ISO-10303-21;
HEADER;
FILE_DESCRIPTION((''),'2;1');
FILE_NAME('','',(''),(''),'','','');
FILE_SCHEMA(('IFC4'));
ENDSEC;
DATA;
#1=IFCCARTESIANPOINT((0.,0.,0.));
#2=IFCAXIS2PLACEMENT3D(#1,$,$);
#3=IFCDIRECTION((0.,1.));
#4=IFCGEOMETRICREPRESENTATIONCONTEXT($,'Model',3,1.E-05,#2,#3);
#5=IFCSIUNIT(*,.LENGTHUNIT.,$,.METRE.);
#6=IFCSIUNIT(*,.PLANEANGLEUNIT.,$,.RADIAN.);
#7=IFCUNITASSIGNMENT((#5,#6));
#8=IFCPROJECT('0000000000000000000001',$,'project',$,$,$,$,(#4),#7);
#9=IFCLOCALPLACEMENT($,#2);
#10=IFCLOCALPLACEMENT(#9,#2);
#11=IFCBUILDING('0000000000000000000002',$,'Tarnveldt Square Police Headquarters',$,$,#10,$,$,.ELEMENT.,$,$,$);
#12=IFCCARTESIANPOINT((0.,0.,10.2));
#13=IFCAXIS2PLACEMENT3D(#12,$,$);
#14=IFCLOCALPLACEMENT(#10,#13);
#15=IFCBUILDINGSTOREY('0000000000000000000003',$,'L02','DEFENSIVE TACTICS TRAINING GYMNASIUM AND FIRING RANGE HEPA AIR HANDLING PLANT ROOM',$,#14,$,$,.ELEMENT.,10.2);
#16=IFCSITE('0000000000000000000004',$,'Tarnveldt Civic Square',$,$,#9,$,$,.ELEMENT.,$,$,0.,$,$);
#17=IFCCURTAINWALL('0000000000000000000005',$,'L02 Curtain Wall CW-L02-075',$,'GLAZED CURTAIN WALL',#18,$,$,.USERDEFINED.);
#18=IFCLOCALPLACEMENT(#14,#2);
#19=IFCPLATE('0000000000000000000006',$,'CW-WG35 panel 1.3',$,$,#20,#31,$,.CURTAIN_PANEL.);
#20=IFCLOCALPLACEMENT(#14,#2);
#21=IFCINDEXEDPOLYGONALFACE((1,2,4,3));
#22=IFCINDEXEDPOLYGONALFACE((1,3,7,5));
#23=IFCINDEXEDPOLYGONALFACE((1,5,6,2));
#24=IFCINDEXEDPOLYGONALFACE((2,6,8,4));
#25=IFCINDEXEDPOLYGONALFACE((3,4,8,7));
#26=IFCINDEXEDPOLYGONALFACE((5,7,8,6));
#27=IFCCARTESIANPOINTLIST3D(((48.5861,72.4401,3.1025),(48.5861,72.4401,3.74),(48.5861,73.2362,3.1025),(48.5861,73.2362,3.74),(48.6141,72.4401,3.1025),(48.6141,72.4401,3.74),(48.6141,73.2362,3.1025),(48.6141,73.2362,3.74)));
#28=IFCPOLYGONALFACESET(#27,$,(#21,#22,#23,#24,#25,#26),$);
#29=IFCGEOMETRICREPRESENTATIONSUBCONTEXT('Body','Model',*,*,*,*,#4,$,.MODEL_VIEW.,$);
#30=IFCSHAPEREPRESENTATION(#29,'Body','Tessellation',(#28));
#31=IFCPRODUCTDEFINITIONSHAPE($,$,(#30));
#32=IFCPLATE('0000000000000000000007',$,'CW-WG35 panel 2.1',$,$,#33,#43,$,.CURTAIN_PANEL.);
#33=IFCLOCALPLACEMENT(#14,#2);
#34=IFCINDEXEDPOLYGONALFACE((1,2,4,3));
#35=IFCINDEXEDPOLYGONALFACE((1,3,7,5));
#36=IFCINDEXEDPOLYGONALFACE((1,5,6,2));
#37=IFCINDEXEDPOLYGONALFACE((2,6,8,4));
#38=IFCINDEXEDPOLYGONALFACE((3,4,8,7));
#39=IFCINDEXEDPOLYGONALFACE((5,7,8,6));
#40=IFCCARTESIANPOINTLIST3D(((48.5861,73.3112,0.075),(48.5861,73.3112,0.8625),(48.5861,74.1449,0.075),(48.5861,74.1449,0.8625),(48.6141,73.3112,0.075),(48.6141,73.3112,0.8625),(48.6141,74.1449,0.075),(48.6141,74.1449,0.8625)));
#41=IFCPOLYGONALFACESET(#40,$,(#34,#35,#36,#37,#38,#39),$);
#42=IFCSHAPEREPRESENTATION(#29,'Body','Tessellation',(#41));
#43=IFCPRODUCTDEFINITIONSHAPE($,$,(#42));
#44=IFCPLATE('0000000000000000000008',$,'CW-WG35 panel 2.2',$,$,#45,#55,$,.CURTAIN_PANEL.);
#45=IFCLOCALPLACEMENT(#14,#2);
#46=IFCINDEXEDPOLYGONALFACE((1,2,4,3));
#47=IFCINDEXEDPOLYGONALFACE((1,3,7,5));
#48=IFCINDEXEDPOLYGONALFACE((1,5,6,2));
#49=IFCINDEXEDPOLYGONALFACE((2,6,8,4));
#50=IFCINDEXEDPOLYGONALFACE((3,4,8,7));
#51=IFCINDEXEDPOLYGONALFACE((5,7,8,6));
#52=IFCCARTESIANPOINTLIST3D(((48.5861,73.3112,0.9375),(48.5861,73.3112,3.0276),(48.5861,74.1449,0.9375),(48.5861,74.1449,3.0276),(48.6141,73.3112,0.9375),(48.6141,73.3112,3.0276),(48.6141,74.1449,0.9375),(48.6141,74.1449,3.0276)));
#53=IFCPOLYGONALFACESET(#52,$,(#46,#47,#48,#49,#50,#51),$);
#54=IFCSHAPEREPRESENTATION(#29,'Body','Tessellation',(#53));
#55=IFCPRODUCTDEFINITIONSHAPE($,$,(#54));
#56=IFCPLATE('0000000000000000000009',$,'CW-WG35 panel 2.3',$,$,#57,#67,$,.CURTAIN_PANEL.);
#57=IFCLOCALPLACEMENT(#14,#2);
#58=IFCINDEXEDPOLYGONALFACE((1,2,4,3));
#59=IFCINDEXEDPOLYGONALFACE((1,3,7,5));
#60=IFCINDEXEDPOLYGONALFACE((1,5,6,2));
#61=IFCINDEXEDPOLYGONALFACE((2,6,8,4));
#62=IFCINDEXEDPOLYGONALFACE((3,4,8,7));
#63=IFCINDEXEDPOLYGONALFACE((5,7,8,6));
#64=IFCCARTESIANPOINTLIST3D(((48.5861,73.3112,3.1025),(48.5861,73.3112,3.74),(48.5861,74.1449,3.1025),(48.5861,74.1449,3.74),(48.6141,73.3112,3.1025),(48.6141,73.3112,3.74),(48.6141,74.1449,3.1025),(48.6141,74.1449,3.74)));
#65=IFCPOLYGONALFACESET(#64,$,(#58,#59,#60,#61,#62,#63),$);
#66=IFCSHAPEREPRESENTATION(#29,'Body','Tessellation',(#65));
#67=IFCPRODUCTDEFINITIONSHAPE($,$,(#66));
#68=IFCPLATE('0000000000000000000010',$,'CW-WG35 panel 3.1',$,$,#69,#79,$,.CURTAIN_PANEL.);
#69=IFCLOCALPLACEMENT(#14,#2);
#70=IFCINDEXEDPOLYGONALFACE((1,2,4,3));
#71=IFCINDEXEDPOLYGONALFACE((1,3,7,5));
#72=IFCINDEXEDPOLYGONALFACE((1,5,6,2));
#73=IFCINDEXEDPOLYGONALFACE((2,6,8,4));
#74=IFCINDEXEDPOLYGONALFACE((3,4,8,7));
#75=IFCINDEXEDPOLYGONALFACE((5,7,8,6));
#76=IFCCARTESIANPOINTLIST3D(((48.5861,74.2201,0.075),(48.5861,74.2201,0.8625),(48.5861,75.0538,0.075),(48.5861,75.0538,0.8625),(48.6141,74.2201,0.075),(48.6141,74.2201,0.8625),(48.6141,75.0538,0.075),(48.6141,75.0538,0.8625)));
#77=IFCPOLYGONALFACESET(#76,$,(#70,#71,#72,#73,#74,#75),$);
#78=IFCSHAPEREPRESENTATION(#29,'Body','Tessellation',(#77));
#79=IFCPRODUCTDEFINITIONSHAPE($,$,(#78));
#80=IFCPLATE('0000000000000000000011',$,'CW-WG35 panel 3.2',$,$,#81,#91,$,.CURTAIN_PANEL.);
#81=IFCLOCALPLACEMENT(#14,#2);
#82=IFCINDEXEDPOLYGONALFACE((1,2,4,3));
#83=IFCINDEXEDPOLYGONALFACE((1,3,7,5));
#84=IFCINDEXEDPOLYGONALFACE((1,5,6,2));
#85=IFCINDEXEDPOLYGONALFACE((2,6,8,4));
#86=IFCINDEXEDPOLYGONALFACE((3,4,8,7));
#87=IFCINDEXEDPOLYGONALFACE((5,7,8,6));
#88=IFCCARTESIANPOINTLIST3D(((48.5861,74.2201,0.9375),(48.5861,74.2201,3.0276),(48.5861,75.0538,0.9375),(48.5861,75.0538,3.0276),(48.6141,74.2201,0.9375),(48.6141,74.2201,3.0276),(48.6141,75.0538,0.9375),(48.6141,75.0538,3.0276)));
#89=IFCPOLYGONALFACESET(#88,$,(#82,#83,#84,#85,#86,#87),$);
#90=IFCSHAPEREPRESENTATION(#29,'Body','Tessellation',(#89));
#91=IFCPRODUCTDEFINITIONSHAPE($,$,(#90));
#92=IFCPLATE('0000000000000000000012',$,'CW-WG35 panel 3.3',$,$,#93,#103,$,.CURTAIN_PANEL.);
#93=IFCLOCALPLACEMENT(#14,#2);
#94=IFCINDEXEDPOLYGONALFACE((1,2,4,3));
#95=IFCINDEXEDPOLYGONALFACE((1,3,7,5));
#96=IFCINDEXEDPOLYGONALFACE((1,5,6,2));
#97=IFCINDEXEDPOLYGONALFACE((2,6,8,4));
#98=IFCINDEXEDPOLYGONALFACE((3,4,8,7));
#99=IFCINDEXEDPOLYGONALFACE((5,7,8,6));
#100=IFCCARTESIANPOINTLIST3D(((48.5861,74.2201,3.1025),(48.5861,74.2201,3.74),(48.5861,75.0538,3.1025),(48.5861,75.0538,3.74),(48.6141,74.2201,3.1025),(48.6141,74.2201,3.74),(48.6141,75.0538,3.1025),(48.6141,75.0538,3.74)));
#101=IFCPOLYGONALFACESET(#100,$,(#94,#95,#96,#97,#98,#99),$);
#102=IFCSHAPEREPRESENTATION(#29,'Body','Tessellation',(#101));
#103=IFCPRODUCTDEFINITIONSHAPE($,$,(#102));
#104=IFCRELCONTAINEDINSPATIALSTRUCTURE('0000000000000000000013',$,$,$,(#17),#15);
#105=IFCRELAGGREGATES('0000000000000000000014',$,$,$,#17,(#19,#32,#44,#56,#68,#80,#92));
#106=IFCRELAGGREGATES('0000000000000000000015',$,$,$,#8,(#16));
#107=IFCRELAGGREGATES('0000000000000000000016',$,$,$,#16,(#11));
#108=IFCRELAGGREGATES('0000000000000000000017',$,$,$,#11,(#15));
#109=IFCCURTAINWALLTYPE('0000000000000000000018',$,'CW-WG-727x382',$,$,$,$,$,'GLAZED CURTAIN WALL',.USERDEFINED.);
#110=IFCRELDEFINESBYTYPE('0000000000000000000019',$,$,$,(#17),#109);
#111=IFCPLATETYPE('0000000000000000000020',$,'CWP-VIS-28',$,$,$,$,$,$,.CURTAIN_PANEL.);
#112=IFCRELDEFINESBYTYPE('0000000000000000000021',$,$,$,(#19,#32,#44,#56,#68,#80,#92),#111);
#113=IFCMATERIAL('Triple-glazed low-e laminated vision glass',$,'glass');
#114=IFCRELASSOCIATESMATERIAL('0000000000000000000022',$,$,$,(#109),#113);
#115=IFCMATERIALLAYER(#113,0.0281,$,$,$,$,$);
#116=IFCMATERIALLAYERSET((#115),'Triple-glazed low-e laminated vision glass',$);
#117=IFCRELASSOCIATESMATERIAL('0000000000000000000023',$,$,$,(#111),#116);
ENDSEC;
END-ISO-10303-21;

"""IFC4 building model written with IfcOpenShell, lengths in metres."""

from ifc_helpers import new_model, si_unit, direction, frame, origin, origin_2d, place, context, subcontext, project, spatial, rectangle, extrude, material, layer, layer_set, type_object, element, aggregate, save


model = new_model("IFC4")

# Units and contexts
model_context = context("Model", 3, precision=1e-05, world=origin(), true_north=direction((0.0, 1.0)))
body_context = subcontext(model_context, "Body", "Model", "MODEL_VIEW")
ifc_project = project(units=[si_unit("LENGTHUNIT", "METRE"), si_unit("PLANEANGLEUNIT", "RADIAN")], contexts=[model_context])

# Site, building, storey
site_placement = place(None, origin())
site = spatial("IfcSite", under=ifc_project, at=site_placement, Name="Tarnveldt Civic Square", CompositionType="ELEMENT", RefElevation=0.0)
building_placement = place(site_placement, origin())
building = spatial("IfcBuilding", under=site, at=building_placement, Name="Tarnveldt Square Police Headquarters", CompositionType="ELEMENT")
storey_placement = place(building_placement, frame((0.0, 0.0, 10.2)))
storey = spatial("IfcBuildingStorey", under=building, at=storey_placement, Name="L02", Description="DEFENSIVE TACTICS TRAINING GYMNASIUM AND FIRING RANGE HEPA AIR HANDLING PLANT ROOM", CompositionType="ELEMENT", Elevation=10.2)

# Curtain wall, plates
ifc_material_1 = material(Name="Triple-glazed low-e laminated vision glass", Category="glass")
curtain_wall_type = type_object("IfcCurtainWallType", Name="CW-WG-727x382", ElementType="GLAZED CURTAIN WALL", PredefinedType="USERDEFINED", material=ifc_material_1)
curtain_wall_placement = place(storey_placement, origin())
curtain_wall = element("IfcCurtainWall", 1, at=curtain_wall_placement, inside=storey, type_object=curtain_wall_type, Name="L02 Curtain Wall CW-L02-075", ObjectType="GLAZED CURTAIN WALL", PredefinedType="USERDEFINED")
ifc_layer = layer(ifc_material_1, 0.0281)
ifc_layer_set = layer_set([ifc_layer], Name="Triple-glazed low-e laminated vision glass")
plate_type = type_object("IfcPlateType", Name="CWP-VIS-28", PredefinedType="CURTAIN_PANEL", material=ifc_layer_set)
plate_1_placement = place(storey_placement, frame((48.6001, 72.8381, 3.1025), z_axis=(0.0, 0.0, 1.0), x_axis=(0.0, 1.0, 0.0)))
plate_1 = element("IfcPlate", 2, at=plate_1_placement, type_object=plate_type, Name="CW-WG35 panel 1.3", PredefinedType="CURTAIN_PANEL", context=body_context, shape_type="SweptSolid", body=[
    extrude(rectangle(XDim=0.7961, YDim=0.0281, at=origin_2d()), origin(), (0.0, 0.0, 1.0), 0.6375),
])
plate_2_placement = place(storey_placement, frame((48.6001, 73.728, 0.075), z_axis=(0.0, 0.0, 1.0), x_axis=(0.0, 1.0, 0.0)))
plate_2 = element("IfcPlate", 3, at=plate_2_placement, type_object=plate_type, Name="CW-WG35 panel 2.1", PredefinedType="CURTAIN_PANEL", context=body_context, shape_type="SweptSolid", body=[
    extrude(rectangle(XDim=0.8337, YDim=0.0281, at=origin_2d()), origin(), (0.0, 0.0, 1.0), 0.7876),
])
plate_3_placement = place(storey_placement, frame((48.6001, 73.728, 0.9375), z_axis=(0.0, 0.0, 1.0), x_axis=(0.0, 1.0, 0.0)))
plate_3 = element("IfcPlate", 4, at=plate_3_placement, type_object=plate_type, Name="CW-WG35 panel 2.2", PredefinedType="CURTAIN_PANEL", context=body_context, shape_type="SweptSolid", body=[
    extrude(rectangle(XDim=0.8337, YDim=0.0281, at=origin_2d()), origin(), (0.0, 0.0, 1.0), 2.0901),
])
plate_4_placement = place(storey_placement, frame((48.6001, 73.728, 3.1025), z_axis=(0.0, 0.0, 1.0), x_axis=(0.0, 1.0, 0.0)))
plate_4 = element("IfcPlate", 5, at=plate_4_placement, type_object=plate_type, Name="CW-WG35 panel 2.3", PredefinedType="CURTAIN_PANEL", context=body_context, shape_type="SweptSolid", body=[
    extrude(rectangle(XDim=0.8337, YDim=0.0281, at=origin_2d()), origin(), (0.0, 0.0, 1.0), 0.6375),
])
plate_5_placement = place(storey_placement, frame((48.6001, 74.637, 0.075), z_axis=(0.0, 0.0, 1.0), x_axis=(0.0, 1.0, 0.0)))
plate_5 = element("IfcPlate", 6, at=plate_5_placement, type_object=plate_type, Name="CW-WG35 panel 3.1", PredefinedType="CURTAIN_PANEL", context=body_context, shape_type="SweptSolid", body=[
    extrude(rectangle(XDim=0.8337, YDim=0.0281, at=origin_2d()), origin(), (0.0, 0.0, 1.0), 0.7876),
])
plate_6_placement = place(storey_placement, frame((48.6001, 74.637, 0.9375), z_axis=(0.0, 0.0, 1.0), x_axis=(0.0, 1.0, 0.0)))
plate_6 = element("IfcPlate", 7, at=plate_6_placement, type_object=plate_type, Name="CW-WG35 panel 3.2", PredefinedType="CURTAIN_PANEL", context=body_context, shape_type="SweptSolid", body=[
    extrude(rectangle(XDim=0.8337, YDim=0.0281, at=origin_2d()), origin(), (0.0, 0.0, 1.0), 2.0901),
])
plate_7_placement = place(storey_placement, frame((48.6001, 74.637, 3.1025), z_axis=(0.0, 0.0, 1.0), x_axis=(0.0, 1.0, 0.0)))
plate_7 = element("IfcPlate", 8, at=plate_7_placement, type_object=plate_type, Name="CW-WG35 panel 3.3", PredefinedType="CURTAIN_PANEL", context=body_context, shape_type="SweptSolid", body=[
    extrude(rectangle(XDim=0.8337, YDim=0.0281, at=origin_2d()), origin(), (0.0, 0.0, 1.0), 0.6375),
])
aggregate(curtain_wall, [plate_1, plate_2, plate_3, plate_4, plate_5, plate_6, plate_7])

save(model, "model.ifc")
